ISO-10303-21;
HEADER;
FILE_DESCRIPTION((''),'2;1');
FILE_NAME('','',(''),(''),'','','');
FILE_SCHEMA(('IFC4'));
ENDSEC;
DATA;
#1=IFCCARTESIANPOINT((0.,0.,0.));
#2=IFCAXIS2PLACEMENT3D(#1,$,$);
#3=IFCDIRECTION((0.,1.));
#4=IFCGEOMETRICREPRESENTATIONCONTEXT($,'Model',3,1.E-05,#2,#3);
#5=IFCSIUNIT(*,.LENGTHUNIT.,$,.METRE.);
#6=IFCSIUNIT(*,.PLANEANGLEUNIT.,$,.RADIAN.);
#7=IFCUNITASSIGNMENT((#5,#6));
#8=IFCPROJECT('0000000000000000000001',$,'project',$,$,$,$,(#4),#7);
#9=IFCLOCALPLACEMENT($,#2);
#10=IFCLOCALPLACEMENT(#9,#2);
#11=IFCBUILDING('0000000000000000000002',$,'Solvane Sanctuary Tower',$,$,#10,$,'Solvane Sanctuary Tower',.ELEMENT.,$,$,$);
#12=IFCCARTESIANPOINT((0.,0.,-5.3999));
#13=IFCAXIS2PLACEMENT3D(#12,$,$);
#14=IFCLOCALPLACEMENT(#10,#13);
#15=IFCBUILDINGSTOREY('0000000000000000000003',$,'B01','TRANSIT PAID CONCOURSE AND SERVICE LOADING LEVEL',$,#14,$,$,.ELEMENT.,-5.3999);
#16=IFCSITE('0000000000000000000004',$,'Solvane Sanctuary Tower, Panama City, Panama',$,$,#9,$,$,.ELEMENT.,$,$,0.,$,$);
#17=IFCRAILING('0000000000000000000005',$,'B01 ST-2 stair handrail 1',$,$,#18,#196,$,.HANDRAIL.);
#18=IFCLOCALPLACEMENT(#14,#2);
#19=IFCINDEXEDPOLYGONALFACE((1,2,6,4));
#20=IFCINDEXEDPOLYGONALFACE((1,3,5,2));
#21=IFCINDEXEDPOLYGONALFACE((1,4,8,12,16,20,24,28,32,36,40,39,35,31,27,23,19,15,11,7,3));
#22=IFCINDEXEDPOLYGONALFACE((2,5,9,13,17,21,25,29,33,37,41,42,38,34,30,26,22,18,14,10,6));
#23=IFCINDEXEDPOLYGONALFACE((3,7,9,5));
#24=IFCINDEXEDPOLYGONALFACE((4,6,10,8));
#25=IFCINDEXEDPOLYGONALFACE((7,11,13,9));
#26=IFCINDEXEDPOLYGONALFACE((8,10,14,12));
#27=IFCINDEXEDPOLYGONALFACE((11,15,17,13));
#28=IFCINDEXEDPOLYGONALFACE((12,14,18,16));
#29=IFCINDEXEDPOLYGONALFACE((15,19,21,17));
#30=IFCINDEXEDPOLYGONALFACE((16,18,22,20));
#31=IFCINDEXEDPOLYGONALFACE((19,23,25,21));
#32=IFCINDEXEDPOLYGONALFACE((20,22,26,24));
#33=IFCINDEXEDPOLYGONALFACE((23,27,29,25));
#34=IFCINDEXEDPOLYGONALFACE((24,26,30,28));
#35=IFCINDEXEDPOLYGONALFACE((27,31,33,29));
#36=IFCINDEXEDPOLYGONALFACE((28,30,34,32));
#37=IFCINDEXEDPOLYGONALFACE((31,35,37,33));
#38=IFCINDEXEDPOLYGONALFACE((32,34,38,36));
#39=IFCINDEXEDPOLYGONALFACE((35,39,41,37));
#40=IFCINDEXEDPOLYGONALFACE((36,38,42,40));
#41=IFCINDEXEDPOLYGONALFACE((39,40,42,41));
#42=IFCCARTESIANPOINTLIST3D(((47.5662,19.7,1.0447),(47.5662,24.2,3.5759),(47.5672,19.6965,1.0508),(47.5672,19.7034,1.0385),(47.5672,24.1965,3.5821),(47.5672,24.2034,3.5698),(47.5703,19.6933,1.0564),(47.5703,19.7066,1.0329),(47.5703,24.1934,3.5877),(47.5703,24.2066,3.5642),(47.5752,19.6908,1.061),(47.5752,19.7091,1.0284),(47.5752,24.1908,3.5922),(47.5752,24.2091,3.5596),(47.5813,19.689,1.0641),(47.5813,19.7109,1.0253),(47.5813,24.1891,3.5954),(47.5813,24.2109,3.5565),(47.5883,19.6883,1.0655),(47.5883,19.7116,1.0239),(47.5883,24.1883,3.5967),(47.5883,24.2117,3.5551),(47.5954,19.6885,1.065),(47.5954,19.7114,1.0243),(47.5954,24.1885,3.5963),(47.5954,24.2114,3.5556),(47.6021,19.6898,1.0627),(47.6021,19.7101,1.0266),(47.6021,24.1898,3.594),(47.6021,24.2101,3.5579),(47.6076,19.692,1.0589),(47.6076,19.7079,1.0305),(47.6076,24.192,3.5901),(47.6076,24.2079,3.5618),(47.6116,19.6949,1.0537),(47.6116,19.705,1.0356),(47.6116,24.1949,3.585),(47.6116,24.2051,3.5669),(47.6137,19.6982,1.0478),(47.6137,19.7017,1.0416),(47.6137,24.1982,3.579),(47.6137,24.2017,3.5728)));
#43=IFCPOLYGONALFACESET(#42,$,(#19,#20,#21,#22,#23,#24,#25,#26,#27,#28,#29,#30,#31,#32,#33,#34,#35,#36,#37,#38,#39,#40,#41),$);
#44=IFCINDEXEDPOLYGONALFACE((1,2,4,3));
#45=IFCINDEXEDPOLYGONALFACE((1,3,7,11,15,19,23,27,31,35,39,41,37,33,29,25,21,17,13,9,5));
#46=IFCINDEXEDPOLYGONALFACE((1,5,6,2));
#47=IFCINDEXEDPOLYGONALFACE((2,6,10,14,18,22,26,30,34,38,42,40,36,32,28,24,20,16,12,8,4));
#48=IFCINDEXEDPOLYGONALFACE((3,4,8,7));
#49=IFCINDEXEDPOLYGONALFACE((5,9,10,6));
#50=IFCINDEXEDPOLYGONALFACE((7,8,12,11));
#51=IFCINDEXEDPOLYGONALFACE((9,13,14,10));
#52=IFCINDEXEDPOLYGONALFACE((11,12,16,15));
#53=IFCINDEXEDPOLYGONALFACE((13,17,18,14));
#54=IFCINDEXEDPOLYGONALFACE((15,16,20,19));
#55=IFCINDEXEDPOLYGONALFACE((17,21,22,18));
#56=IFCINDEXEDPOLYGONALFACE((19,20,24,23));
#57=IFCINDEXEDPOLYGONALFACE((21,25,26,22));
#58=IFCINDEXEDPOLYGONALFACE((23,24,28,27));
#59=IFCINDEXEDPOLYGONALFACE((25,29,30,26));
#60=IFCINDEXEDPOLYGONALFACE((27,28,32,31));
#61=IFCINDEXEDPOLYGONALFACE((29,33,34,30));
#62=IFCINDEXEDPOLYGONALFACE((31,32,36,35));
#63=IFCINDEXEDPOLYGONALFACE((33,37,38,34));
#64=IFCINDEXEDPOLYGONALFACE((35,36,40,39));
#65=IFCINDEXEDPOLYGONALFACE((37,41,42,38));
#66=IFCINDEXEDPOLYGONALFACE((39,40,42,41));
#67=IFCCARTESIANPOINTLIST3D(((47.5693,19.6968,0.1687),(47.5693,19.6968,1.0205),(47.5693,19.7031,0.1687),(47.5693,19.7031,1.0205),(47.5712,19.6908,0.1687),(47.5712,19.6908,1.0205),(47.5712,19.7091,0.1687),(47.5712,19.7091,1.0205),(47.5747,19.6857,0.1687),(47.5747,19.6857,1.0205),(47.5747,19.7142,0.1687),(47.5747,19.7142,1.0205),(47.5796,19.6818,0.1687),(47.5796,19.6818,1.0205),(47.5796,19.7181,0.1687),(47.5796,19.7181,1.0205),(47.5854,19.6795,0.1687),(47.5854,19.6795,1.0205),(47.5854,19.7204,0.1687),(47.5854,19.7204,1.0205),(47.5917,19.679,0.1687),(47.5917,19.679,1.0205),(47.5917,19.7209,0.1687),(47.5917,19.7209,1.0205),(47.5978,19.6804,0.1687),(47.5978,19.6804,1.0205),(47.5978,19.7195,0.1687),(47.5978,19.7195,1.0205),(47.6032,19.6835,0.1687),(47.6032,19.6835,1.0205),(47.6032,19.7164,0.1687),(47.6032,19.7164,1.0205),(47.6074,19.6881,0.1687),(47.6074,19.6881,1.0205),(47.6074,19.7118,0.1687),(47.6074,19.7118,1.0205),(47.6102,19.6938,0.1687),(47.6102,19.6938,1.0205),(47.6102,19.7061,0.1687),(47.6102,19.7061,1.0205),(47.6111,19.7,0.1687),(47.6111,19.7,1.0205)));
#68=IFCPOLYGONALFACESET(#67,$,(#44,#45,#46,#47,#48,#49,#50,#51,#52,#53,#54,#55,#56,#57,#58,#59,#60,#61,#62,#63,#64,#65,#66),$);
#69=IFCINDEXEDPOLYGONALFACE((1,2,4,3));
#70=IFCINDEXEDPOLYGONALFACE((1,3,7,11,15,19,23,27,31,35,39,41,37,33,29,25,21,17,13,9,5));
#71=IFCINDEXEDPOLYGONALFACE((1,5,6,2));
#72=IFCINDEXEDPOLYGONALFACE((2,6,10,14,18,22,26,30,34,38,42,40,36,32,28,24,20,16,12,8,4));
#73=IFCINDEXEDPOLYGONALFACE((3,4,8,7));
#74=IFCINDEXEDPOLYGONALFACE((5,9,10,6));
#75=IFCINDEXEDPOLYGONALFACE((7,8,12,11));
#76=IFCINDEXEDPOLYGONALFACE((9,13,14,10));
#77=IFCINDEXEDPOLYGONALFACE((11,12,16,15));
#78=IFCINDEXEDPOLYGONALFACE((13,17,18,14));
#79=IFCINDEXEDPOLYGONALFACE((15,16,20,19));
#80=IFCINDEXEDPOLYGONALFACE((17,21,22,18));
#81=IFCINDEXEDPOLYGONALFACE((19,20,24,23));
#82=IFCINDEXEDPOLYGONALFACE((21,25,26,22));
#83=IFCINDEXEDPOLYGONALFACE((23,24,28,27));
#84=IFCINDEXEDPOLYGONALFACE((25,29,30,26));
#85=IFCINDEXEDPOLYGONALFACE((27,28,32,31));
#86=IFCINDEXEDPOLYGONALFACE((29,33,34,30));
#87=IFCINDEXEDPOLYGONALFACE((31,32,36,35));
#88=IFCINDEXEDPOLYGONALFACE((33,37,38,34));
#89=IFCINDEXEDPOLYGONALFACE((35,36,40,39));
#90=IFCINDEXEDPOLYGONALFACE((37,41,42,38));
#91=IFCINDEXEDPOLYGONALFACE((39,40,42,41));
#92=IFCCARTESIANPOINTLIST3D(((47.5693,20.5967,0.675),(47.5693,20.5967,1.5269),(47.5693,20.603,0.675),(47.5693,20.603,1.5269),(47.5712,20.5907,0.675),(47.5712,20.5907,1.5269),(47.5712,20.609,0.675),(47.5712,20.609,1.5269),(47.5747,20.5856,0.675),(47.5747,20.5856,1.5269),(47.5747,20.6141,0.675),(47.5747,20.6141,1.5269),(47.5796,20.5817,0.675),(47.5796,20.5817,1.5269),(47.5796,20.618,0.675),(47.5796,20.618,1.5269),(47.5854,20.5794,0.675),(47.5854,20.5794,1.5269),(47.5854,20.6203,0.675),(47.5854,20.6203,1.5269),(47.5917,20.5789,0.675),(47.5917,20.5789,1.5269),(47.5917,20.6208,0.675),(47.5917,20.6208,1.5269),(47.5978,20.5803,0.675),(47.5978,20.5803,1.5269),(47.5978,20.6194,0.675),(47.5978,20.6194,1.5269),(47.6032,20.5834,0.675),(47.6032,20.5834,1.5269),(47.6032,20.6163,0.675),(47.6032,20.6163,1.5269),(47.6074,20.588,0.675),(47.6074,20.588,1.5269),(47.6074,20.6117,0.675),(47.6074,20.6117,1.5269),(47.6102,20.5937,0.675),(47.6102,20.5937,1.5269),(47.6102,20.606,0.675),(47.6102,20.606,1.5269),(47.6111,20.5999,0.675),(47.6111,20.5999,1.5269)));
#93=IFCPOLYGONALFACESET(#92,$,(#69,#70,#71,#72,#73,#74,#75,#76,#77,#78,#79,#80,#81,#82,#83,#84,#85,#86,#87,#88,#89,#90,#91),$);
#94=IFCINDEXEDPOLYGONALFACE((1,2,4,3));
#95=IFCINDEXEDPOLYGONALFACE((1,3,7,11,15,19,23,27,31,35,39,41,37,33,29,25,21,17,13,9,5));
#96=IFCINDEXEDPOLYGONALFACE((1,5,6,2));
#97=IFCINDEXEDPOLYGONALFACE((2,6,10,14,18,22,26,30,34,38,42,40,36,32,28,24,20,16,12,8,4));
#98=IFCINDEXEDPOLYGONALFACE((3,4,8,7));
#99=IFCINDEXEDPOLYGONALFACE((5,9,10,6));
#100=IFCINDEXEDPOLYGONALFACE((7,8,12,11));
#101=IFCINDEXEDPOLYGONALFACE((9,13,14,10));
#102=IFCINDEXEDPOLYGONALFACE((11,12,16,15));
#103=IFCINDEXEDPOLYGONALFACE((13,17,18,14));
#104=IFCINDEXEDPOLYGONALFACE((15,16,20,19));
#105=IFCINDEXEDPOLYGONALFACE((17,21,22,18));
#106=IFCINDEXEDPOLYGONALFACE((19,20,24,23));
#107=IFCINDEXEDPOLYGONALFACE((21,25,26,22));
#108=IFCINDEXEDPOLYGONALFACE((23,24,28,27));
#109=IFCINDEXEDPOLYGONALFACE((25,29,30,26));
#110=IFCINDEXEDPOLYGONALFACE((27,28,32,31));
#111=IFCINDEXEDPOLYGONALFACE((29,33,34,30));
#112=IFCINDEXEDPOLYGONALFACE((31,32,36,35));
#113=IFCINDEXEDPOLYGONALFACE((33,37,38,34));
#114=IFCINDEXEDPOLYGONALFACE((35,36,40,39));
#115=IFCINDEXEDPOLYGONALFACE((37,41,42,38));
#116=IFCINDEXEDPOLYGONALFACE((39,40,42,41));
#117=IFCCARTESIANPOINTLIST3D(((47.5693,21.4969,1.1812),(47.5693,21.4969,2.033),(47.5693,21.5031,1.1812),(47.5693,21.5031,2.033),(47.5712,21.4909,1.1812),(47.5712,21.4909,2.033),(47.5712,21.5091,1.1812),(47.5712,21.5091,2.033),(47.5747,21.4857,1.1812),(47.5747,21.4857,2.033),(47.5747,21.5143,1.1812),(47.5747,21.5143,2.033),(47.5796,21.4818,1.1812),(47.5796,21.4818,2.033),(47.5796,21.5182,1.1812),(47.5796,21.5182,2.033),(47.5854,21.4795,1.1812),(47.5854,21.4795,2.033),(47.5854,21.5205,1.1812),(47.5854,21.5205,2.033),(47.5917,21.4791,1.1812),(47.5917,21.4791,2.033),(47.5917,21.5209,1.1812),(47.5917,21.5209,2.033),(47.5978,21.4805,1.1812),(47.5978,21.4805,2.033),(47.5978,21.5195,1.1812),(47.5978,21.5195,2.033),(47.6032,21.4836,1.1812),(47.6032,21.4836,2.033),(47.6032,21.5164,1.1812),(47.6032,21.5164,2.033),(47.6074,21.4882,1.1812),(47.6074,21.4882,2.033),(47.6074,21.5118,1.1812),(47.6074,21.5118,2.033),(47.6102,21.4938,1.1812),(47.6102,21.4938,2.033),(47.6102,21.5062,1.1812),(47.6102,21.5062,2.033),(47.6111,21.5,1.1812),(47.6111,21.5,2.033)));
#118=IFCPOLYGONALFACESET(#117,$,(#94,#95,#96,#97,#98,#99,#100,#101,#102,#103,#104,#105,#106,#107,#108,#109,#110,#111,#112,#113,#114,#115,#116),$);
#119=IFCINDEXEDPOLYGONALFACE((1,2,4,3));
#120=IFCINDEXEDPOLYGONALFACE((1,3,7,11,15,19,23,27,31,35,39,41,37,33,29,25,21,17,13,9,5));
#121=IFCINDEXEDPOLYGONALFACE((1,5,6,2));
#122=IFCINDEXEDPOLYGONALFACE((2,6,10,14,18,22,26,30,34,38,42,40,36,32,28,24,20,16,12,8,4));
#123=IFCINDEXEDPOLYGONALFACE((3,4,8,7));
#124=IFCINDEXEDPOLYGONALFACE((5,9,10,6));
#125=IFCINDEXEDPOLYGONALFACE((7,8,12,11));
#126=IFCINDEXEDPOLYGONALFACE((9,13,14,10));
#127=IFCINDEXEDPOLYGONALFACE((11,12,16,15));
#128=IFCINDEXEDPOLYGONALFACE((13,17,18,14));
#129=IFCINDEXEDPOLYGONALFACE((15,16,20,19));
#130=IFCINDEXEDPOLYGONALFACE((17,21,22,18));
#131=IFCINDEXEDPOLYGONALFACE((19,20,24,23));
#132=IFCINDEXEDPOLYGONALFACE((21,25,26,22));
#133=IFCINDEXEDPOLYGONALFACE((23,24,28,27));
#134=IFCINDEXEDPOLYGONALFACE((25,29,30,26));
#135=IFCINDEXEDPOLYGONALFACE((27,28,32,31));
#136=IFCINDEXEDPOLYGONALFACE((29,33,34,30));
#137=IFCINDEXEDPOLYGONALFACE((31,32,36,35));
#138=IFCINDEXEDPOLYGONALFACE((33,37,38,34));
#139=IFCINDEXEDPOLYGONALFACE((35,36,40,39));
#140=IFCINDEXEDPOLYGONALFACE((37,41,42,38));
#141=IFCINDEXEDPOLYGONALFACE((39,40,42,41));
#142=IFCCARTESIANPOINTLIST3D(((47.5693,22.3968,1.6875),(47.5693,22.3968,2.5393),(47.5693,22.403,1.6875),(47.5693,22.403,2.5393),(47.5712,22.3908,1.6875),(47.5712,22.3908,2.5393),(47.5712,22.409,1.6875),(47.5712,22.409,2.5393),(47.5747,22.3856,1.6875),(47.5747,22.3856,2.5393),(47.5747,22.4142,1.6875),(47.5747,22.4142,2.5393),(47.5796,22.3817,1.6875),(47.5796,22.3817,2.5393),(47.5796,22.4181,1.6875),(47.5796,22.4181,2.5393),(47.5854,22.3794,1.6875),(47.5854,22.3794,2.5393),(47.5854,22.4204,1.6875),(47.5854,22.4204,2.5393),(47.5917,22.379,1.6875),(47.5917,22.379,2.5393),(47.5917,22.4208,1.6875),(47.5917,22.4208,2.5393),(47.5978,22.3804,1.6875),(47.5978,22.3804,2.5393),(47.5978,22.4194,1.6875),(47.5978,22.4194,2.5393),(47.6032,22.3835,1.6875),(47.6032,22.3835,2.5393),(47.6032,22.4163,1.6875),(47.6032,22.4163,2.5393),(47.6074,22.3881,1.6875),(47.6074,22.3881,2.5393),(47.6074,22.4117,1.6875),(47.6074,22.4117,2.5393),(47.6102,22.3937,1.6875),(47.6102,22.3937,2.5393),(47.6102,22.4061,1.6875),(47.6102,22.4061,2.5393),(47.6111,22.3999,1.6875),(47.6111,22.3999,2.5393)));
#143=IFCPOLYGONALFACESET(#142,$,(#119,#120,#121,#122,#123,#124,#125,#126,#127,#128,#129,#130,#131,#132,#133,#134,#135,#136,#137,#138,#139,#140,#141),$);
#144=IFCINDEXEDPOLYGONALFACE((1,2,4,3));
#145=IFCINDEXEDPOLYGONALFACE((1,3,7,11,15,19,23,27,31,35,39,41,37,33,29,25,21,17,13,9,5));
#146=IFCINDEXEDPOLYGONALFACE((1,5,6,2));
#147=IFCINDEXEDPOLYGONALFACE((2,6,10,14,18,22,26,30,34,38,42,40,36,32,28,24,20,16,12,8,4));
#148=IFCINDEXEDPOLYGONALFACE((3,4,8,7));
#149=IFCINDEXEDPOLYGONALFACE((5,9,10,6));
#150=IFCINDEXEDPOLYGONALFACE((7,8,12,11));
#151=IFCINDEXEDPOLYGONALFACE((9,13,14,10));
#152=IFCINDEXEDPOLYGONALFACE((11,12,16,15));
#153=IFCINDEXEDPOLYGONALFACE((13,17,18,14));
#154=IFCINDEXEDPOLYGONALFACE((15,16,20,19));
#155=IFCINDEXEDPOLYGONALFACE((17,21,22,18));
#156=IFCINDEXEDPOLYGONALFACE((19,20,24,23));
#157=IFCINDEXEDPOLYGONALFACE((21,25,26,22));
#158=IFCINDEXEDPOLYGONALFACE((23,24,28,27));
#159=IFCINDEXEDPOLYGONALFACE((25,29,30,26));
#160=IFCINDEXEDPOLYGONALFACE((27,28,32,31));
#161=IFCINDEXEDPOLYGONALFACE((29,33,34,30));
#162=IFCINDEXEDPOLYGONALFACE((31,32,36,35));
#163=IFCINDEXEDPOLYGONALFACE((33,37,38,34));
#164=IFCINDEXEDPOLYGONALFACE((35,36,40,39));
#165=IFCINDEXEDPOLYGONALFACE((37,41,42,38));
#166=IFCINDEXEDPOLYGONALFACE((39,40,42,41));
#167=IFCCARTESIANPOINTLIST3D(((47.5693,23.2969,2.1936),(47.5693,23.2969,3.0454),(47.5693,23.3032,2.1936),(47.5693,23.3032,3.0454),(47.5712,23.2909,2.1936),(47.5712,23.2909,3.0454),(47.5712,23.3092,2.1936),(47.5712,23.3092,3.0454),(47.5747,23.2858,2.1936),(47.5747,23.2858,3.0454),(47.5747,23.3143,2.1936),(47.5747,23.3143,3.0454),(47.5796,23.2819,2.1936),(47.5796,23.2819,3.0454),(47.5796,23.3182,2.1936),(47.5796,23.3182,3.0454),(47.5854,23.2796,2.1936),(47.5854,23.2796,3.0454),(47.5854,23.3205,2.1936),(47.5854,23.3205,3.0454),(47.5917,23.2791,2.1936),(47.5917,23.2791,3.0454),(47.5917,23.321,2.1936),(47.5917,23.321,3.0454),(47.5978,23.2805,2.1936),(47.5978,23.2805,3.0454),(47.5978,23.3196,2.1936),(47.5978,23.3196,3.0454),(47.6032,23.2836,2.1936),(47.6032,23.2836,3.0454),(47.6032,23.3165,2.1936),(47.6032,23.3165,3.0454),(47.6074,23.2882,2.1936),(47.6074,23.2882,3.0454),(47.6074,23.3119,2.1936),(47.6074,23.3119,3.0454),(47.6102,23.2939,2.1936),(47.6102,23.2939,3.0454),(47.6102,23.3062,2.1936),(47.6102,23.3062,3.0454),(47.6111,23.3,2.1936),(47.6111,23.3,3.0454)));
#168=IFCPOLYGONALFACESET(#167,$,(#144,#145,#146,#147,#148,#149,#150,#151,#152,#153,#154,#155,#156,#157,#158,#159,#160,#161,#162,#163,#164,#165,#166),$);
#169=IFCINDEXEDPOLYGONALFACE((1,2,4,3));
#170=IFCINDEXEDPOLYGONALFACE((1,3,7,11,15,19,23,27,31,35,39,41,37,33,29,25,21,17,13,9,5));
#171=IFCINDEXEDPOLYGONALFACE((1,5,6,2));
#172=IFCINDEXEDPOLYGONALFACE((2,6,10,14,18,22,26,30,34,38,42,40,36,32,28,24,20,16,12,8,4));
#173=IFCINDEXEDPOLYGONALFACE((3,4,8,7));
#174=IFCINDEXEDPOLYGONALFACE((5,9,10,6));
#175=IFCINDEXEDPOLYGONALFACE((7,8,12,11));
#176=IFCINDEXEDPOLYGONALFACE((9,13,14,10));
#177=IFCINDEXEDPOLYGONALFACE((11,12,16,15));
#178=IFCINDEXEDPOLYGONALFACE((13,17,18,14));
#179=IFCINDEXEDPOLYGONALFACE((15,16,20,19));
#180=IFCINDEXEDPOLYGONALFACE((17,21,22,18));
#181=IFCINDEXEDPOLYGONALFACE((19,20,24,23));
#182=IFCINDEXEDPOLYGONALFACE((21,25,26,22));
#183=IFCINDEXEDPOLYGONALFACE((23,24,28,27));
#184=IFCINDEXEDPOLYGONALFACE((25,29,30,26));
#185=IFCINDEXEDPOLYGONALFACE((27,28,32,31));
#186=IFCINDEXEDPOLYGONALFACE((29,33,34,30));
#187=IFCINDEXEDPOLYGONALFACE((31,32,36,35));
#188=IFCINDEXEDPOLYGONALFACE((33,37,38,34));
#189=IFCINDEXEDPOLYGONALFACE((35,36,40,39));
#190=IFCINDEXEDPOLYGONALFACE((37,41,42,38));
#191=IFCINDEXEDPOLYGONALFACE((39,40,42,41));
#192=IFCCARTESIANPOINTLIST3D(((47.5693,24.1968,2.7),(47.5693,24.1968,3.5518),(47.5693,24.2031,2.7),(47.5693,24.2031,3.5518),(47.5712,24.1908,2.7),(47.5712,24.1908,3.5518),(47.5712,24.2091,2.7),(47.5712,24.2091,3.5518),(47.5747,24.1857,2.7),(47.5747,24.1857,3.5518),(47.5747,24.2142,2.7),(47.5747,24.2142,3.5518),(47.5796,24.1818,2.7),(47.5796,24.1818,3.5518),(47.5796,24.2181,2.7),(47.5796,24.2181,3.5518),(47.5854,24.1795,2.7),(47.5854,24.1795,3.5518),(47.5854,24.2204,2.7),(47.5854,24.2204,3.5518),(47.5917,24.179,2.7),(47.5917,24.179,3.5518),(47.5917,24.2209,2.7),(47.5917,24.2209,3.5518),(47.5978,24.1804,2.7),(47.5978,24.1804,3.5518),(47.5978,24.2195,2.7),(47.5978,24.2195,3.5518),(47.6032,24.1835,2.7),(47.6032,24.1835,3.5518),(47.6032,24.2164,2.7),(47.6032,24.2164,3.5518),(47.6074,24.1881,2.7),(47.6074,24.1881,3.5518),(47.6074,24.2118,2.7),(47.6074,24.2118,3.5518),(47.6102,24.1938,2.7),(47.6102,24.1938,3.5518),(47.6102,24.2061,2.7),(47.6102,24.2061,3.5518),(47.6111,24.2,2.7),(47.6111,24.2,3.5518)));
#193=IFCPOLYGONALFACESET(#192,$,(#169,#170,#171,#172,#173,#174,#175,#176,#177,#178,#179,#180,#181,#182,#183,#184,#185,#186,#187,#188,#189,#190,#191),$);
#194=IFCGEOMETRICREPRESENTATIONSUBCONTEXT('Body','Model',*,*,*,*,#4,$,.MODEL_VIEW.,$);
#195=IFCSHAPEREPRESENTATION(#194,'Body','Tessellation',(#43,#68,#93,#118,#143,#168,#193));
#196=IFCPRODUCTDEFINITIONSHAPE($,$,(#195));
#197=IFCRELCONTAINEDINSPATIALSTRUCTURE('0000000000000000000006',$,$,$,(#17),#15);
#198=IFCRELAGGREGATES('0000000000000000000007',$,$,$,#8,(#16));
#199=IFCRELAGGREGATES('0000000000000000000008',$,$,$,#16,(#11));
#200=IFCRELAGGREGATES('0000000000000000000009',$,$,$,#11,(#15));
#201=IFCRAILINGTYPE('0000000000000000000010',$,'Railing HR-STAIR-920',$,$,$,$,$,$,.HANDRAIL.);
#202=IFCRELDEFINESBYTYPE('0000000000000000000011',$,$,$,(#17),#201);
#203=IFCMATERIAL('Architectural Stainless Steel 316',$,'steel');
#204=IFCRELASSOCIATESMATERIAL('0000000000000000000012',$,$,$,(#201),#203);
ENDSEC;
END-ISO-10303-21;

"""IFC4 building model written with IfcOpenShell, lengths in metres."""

from ifc_helpers import new_model, si_unit, direction, frame, origin, origin_2d, place, context, subcontext, project, spatial, circle, extrude, material, type_object, element, save


model = new_model("IFC4")

# Units and contexts
model_context = context("Model", 3, precision=1e-05, world=origin(), true_north=direction((0.0, 1.0)))
body_context = subcontext(model_context, "Body", "Model", "MODEL_VIEW")
ifc_project = project(units=[si_unit("LENGTHUNIT", "METRE"), si_unit("PLANEANGLEUNIT", "RADIAN")], contexts=[model_context])

# Site, building, storey
site_placement = place(None, origin())
site = spatial("IfcSite", under=ifc_project, at=site_placement, Name="Solvane Sanctuary Tower, Panama City, Panama", CompositionType="ELEMENT", RefElevation=0.0)
building_placement = place(site_placement, origin())
building = spatial("IfcBuilding", under=site, at=building_placement, Name="Solvane Sanctuary Tower", LongName="Solvane Sanctuary Tower", CompositionType="ELEMENT")
storey_placement = place(building_placement, frame((0.0, 0.0, -5.3999)))
storey = spatial("IfcBuildingStorey", under=building, at=storey_placement, Name="B01", Description="TRANSIT PAID CONCOURSE AND SERVICE LOADING LEVEL", CompositionType="ELEMENT", Elevation=-5.3999)

# Shared definitions
ifc_material_1 = material(Name="Architectural Stainless Steel 316", Category="steel")

# Railing
railing_type_1 = type_object("IfcRailingType", Name="Railing HR-STAIR-920", PredefinedType="HANDRAIL", material=ifc_material_1)
railing_1_placement = place(storey_placement, frame((47.5901, 19.7, 0.1687)))
element("IfcRailing", 1, at=railing_1_placement, inside=storey, type_object=railing_type_1, Name="B01 ST-2 stair handrail 1", PredefinedType="HANDRAIL", context=body_context, shape_type="SweptSolid", body=[
    extrude(circle(Radius=0.0239, at=origin_2d()), frame((0.0, 0.0, 0.876), z_axis=(0.0, 0.871576, 0.490261), x_axis=(-1.0, 0.0, 0.0)), (0.0, 0.0, 1.0), 5.1631),
    extrude(circle(Radius=0.021, at=origin_2d()), origin(), (0.0, 0.0, 1.0), 0.8518),
    extrude(circle(Radius=0.021, at=origin_2d()), frame((0.0, 0.8999, 0.5063)), (0.0, 0.0, 1.0), 0.8518),
    extrude(circle(Radius=0.021, at=origin_2d()), frame((0.0, 1.8, 1.0125)), (0.0, 0.0, 1.0), 0.8518),
    extrude(circle(Radius=0.021, at=origin_2d()), frame((0.0, 2.7, 1.5188)), (0.0, 0.0, 1.0), 0.8518),
    extrude(circle(Radius=0.021, at=origin_2d()), frame((0.0, 3.6001, 2.0249)), (0.0, 0.0, 1.0), 0.8518),
    extrude(circle(Radius=0.021, at=origin_2d()), frame((0.0, 4.5, 2.5312)), (0.0, 0.0, 1.0), 0.8518),
])

save(model, "model.ifc")
